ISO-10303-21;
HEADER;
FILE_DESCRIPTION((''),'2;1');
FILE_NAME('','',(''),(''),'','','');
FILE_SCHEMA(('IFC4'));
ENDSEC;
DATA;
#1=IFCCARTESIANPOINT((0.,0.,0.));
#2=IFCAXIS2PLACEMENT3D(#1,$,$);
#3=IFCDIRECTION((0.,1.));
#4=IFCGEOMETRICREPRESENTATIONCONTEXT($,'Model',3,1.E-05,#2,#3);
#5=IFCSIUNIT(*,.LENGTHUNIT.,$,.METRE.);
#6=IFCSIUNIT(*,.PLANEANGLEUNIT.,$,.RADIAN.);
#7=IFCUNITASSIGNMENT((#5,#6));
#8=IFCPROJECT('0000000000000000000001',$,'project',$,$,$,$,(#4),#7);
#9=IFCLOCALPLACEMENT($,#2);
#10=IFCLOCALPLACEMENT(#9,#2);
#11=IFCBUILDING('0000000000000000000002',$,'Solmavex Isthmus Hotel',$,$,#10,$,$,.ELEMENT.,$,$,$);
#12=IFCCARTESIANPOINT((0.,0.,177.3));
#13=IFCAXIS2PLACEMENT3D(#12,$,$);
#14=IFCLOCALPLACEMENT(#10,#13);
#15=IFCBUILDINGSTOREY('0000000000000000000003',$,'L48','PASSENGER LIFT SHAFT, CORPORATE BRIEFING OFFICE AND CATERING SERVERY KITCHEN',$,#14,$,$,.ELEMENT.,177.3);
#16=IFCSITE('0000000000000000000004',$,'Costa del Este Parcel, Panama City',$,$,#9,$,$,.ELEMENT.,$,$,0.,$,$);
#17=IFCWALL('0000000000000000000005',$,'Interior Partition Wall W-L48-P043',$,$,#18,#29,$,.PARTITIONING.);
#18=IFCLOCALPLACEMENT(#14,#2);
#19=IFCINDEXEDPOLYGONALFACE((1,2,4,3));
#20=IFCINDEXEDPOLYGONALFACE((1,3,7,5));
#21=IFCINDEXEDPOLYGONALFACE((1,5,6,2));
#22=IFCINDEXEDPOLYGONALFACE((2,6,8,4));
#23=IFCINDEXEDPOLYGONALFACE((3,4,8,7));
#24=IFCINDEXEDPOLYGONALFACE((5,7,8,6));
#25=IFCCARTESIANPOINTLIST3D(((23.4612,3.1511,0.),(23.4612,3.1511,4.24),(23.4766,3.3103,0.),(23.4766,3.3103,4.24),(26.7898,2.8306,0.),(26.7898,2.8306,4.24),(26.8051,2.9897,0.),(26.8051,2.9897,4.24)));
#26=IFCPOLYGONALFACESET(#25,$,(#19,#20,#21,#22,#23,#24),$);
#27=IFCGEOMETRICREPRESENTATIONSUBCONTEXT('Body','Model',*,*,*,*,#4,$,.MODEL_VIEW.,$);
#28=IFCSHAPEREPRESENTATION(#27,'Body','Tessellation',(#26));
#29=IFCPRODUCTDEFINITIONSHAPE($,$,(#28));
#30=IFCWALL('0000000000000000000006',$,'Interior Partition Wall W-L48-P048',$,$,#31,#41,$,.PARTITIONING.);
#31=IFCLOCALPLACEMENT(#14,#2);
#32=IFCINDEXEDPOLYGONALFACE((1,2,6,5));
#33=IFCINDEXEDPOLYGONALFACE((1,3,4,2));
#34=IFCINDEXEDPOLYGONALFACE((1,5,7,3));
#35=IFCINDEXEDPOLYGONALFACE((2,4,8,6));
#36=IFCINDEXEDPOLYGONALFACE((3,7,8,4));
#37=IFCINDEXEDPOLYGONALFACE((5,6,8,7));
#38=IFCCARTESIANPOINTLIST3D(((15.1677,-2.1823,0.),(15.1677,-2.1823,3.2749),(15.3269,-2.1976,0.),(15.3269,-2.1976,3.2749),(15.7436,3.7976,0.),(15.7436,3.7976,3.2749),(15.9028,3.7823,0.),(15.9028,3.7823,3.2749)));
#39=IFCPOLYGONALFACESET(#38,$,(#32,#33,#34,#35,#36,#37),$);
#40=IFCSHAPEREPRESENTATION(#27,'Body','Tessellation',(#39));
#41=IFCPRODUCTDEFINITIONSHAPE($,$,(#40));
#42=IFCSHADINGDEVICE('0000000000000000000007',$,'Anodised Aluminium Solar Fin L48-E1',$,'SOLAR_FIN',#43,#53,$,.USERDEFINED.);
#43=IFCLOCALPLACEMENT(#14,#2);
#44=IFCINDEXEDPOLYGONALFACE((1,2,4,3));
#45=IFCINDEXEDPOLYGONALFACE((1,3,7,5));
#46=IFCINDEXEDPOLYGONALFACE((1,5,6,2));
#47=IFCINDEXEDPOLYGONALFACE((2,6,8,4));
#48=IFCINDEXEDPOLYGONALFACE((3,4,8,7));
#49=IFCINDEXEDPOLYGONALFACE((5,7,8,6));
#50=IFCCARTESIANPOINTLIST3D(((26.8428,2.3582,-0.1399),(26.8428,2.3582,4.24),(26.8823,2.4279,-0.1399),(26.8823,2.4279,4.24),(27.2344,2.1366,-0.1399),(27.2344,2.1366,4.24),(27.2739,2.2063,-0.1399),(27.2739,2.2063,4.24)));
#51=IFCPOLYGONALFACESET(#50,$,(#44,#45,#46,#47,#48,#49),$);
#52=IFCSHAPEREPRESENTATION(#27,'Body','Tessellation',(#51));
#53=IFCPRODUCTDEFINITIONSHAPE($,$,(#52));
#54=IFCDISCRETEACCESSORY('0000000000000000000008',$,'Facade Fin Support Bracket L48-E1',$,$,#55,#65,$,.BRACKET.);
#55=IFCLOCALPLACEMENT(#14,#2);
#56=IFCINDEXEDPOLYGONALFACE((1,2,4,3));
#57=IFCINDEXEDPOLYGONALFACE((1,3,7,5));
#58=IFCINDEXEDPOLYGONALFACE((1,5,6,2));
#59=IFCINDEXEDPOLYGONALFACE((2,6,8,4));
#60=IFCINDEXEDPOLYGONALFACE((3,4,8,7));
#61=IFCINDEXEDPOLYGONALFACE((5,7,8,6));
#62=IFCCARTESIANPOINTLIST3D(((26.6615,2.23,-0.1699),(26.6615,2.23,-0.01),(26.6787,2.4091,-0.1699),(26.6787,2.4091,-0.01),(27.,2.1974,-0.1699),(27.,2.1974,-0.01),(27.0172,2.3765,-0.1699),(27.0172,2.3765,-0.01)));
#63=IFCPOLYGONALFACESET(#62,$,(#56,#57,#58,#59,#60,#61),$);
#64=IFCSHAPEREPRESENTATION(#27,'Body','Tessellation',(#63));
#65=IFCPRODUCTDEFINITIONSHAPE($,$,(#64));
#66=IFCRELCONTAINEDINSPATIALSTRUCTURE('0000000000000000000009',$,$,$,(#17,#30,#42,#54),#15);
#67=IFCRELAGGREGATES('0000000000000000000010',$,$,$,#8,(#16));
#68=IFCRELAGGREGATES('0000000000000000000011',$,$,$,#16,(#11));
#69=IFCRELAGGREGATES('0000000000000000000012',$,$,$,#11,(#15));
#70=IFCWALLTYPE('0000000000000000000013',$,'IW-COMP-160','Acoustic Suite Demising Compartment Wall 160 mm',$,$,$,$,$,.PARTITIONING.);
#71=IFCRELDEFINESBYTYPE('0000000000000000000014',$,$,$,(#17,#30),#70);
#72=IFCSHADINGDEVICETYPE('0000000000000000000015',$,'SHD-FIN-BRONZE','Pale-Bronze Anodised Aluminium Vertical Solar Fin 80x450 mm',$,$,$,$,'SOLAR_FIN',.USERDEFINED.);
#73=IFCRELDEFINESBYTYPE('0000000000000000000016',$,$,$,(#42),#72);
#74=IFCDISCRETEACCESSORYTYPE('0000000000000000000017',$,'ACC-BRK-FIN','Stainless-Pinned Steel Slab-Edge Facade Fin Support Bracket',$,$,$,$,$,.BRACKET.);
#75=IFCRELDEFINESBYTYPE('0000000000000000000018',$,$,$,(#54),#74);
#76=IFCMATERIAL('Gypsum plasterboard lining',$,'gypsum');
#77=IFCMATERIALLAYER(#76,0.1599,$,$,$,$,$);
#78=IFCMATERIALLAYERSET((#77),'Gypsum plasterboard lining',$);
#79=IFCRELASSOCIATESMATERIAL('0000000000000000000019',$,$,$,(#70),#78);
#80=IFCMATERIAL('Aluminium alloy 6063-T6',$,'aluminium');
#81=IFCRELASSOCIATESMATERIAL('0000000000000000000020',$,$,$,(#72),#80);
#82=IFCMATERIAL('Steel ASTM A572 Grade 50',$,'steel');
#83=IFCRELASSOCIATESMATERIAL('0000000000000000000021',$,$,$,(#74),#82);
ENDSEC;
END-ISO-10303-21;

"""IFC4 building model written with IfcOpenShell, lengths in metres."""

from ifc_helpers import new_model, si_unit, direction, frame, frame_2d, origin, origin_2d, place, context, subcontext, project, spatial, rectangle, extrude, material, layer, layer_set, type_object, element, save


model = new_model("IFC4")

# Units and contexts
model_context = context("Model", 3, precision=1e-05, world=origin(), true_north=direction((0.0, 1.0)))
body_context = subcontext(model_context, "Body", "Model", "MODEL_VIEW")
ifc_project = project(units=[si_unit("LENGTHUNIT", "METRE"), si_unit("PLANEANGLEUNIT", "RADIAN")], contexts=[model_context])

# Site, building, storey
site_placement = place(None, origin())
site = spatial("IfcSite", under=ifc_project, at=site_placement, Name="Costa del Este Parcel, Panama City", CompositionType="ELEMENT", RefElevation=0.0)
building_placement = place(site_placement, origin())
building = spatial("IfcBuilding", under=site, at=building_placement, Name="Solmavex Isthmus Hotel", CompositionType="ELEMENT")
storey_placement = place(building_placement, frame((0.0, 0.0, 177.3)))
storey = spatial("IfcBuildingStorey", under=building, at=storey_placement, Name="L48", Description="PASSENGER LIFT SHAFT, CORPORATE BRIEFING OFFICE AND CATERING SERVERY KITCHEN", CompositionType="ELEMENT", Elevation=177.3)

# Shared definitions
ifc_material_1 = material(Name="Aluminium alloy 6063-T6", Category="aluminium")

# Shared definitions
ifc_material_2 = material(Name="Gypsum plasterboard lining", Category="gypsum")
ifc_layer_1 = layer(ifc_material_2, 0.1599)
ifc_layer_set_1 = layer_set([ifc_layer_1], Name="Gypsum plasterboard lining")
wall_type = type_object("IfcWallType", Name="IW-COMP-160", Description="Acoustic Suite Demising Compartment Wall 160 mm", PredefinedType="PARTITIONING", material=ifc_layer_set_1)

# Walls
wall_1_placement = place(storey_placement, frame((26.7974, 2.9102, 0.0), z_axis=(0.0, 0.0, 1.0), x_axis=(-0.995395, 0.09586, 0.0)))
element("IfcWall", 1, at=wall_1_placement, inside=storey, type_object=wall_type, Name="Interior Partition Wall W-L48-P043", PredefinedType="PARTITIONING", context=body_context, shape_type="SweptSolid", body=[
    extrude(rectangle(XDim=3.344, YDim=0.1599, at=frame_2d((1.6719, 0.0))), origin(), (0.0, 0.0, 1.0), 4.24),
])
wall_2_placement = place(storey_placement, frame((15.8232, 3.79, 0.0), z_axis=(0.0, 0.0, 1.0), x_axis=(-0.095866, -0.995394, 0.0)))
element("IfcWall", 2, at=wall_2_placement, inside=storey, type_object=wall_type, Name="Interior Partition Wall W-L48-P048", PredefinedType="PARTITIONING", context=body_context, shape_type="SweptSolid", body=[
    extrude(rectangle(XDim=6.0076, YDim=0.1599, at=frame_2d((3.0039, 0.0))), origin(), (0.0, 0.0, 1.0), 3.2749),
])

# Shading device
shading_device_type = type_object("IfcShadingDeviceType", Name="SHD-FIN-BRONZE", Description="Pale-Bronze Anodised Aluminium Vertical Solar Fin 80x450 mm", ElementType="SOLAR_FIN", PredefinedType="USERDEFINED", material=ifc_material_1)
shading_device_placement = place(storey_placement, frame((27.0583, 2.2822, -0.1399), z_axis=(0.0, 0.0, 1.0), x_axis=(0.870356, -0.492424, 0.0)))
element("IfcShadingDevice", 3, at=shading_device_placement, inside=storey, type_object=shading_device_type, Name="Anodised Aluminium Solar Fin L48-E1", ObjectType="SOLAR_FIN", PredefinedType="USERDEFINED", context=body_context, shape_type="SweptSolid", body=[
    extrude(rectangle(XDim=0.45, YDim=0.0801, at=origin_2d()), origin(), (0.0, 0.0, 1.0), 4.3799),
])

# Discrete accessory
ifc_material_3 = material(Name="Steel ASTM A572 Grade 50", Category="steel")
discrete_accessory_type = type_object("IfcDiscreteAccessoryType", Name="ACC-BRK-FIN", Description="Stainless-Pinned Steel Slab-Edge Facade Fin Support Bracket", PredefinedType="BRACKET", material=ifc_material_3)
discrete_accessory_placement = place(storey_placement, frame((26.8394, 2.3032, -0.1699), z_axis=(0.0, 0.0, 1.0), x_axis=(0.995396, -0.095846, 0.0)))
element("IfcDiscreteAccessory", 4, at=discrete_accessory_placement, inside=storey, type_object=discrete_accessory_type, Name="Facade Fin Support Bracket L48-E1", PredefinedType="BRACKET", context=body_context, shape_type="SweptSolid", body=[
    extrude(rectangle(XDim=0.3401, YDim=0.1799, at=origin_2d()), origin(), (0.0, 0.0, 1.0), 0.1599),
])

save(model, "model.ifc")
